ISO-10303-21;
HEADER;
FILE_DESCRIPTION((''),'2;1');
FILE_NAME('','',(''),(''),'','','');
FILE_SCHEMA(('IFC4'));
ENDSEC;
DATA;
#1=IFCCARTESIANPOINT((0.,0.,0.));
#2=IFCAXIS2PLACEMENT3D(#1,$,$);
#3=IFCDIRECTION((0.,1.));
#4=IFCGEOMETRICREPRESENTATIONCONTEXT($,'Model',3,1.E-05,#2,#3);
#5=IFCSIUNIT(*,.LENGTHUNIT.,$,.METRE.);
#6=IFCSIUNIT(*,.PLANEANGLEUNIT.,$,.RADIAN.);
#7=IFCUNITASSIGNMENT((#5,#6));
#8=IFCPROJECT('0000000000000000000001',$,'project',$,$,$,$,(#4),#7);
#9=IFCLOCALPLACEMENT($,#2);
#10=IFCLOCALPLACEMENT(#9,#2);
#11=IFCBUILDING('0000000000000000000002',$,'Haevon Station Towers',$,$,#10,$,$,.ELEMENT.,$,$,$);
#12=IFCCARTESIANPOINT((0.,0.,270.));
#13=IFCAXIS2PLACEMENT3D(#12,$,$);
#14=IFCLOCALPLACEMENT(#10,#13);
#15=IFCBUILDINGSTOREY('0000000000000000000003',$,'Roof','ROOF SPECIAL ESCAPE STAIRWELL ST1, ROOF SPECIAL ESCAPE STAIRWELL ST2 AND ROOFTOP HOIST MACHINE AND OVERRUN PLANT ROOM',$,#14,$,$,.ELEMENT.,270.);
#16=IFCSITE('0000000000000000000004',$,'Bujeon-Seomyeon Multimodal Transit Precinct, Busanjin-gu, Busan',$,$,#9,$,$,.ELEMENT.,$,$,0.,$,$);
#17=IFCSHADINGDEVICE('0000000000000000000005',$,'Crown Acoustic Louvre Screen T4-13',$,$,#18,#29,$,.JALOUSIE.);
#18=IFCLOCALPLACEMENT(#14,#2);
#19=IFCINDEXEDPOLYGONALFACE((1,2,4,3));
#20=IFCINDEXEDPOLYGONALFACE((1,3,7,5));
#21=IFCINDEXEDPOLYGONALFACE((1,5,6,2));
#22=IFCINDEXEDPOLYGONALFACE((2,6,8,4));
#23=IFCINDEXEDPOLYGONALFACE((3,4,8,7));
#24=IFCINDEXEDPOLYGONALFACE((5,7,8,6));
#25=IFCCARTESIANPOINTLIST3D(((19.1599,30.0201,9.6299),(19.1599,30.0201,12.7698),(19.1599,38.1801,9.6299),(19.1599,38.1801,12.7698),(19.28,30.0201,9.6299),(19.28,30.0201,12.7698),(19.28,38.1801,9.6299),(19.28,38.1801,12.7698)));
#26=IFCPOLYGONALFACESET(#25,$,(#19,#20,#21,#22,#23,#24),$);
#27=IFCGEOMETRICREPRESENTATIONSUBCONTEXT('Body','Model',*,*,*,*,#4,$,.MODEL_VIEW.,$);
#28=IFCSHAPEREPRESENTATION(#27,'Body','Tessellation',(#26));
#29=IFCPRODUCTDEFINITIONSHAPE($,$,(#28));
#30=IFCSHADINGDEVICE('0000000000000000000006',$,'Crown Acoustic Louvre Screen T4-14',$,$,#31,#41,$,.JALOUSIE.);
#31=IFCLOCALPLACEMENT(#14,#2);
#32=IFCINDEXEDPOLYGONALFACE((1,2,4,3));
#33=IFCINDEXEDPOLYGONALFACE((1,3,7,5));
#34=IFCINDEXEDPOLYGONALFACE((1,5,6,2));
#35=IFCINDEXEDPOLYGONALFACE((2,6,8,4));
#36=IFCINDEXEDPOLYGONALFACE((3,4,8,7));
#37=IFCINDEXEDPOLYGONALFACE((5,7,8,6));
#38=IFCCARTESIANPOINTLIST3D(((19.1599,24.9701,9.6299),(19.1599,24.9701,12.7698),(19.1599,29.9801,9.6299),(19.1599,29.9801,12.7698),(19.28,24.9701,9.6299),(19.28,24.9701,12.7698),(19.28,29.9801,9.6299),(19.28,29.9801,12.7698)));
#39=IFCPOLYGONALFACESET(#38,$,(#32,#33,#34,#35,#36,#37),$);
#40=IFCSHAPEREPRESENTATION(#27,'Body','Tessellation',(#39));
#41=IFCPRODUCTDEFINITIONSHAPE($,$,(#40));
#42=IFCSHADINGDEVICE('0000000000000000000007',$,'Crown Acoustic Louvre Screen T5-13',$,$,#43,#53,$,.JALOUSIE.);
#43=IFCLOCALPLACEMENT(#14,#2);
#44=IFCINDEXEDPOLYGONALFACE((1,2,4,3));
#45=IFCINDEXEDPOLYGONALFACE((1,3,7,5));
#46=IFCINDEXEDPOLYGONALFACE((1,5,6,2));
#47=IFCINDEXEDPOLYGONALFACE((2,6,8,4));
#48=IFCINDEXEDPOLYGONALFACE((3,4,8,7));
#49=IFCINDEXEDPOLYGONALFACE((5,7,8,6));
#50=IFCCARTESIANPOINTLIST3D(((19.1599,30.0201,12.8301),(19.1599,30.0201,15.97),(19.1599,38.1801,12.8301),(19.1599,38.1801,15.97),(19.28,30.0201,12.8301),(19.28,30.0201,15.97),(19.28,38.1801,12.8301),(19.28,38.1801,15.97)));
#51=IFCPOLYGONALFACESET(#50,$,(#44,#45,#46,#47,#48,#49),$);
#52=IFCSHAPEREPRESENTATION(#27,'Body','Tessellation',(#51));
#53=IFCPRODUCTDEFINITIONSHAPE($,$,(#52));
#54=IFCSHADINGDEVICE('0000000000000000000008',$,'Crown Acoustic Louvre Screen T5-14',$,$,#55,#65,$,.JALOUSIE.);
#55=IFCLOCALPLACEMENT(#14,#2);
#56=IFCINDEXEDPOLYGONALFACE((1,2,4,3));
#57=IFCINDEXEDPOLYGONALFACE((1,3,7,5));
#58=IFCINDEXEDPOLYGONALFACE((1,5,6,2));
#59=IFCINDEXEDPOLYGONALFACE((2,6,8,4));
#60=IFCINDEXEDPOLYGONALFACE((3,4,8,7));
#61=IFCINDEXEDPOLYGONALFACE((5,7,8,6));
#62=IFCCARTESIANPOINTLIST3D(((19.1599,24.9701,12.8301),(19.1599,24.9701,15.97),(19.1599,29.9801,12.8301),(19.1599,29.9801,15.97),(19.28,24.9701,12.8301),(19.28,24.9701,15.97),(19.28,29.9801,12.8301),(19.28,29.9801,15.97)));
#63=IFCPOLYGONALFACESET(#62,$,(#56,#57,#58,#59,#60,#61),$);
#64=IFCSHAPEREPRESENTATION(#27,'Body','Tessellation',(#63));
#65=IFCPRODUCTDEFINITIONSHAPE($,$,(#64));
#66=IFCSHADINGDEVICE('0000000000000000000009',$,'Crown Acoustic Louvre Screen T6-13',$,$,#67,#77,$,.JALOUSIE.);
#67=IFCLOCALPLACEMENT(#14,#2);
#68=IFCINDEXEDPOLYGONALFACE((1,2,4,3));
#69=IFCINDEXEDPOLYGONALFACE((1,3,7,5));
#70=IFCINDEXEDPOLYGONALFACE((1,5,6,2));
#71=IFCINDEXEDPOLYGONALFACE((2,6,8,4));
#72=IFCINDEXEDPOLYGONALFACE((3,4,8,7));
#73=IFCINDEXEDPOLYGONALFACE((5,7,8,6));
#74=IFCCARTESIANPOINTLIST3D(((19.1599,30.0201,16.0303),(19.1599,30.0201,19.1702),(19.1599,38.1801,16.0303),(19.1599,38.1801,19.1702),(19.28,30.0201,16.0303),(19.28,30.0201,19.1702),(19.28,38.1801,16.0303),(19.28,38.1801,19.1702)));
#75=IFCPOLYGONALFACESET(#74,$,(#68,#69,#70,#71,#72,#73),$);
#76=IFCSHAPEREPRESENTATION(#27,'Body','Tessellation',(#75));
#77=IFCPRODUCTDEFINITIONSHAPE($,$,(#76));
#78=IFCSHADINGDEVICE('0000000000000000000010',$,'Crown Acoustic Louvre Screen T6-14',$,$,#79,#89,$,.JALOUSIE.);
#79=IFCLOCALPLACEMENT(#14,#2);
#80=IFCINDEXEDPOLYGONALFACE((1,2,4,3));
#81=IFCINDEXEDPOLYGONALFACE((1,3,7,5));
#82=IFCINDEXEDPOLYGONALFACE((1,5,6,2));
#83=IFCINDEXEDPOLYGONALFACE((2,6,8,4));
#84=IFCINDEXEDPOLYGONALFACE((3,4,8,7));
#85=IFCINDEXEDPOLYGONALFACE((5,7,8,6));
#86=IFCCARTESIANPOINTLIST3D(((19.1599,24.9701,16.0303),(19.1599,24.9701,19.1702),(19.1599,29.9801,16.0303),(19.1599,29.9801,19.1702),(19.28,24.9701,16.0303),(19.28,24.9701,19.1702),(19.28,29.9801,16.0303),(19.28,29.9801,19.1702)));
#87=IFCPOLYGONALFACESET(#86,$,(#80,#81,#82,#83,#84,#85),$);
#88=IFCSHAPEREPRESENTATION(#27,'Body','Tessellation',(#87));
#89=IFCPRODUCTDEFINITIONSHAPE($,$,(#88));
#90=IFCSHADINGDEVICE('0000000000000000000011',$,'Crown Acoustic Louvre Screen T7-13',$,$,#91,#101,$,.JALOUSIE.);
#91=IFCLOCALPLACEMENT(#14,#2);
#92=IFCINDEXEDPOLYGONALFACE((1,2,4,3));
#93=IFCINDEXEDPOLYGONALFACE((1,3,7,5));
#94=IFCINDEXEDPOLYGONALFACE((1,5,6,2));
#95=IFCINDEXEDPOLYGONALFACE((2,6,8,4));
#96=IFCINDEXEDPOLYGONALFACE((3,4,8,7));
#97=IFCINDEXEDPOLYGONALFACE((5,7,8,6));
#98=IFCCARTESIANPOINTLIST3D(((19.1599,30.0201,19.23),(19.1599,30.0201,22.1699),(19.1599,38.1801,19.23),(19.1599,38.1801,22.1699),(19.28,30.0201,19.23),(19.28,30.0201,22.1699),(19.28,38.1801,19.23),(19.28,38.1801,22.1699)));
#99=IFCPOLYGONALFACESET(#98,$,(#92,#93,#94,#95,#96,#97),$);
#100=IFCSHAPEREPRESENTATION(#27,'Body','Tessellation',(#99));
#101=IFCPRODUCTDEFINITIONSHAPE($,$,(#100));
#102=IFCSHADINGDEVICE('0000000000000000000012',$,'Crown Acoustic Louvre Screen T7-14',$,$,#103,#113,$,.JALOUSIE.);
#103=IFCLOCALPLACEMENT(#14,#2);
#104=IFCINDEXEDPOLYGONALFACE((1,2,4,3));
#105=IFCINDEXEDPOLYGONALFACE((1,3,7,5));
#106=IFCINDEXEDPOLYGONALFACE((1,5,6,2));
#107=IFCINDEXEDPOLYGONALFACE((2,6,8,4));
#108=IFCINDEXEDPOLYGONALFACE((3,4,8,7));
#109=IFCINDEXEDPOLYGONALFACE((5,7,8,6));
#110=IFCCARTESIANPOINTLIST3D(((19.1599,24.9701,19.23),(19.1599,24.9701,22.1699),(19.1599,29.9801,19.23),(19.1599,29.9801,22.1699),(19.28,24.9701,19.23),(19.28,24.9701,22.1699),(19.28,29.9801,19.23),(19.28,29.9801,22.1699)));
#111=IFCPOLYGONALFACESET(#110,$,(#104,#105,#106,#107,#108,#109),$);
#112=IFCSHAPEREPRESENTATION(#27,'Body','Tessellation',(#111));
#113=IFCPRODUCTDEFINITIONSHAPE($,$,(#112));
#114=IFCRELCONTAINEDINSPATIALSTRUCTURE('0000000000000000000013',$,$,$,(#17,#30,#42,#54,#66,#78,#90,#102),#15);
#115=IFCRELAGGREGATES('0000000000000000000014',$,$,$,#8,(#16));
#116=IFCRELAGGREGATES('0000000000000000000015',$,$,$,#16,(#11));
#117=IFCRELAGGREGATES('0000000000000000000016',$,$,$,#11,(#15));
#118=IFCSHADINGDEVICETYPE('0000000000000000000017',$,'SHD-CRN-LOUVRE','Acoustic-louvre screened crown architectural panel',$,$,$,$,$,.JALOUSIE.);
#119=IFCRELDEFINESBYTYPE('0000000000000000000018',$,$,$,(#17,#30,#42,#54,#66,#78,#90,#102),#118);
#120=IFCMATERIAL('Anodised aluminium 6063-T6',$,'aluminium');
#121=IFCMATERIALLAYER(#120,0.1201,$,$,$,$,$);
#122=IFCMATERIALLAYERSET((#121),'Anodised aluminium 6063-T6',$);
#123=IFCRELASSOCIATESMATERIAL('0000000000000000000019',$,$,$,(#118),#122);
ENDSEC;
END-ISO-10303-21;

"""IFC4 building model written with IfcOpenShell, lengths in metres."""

from ifc_helpers import new_model, si_unit, direction, frame, origin, origin_2d, place, context, subcontext, project, spatial, rectangle, extrude, material, layer, layer_set, type_object, element, save


model = new_model("IFC4")

# Units and contexts
model_context = context("Model", 3, precision=1e-05, world=origin(), true_north=direction((0.0, 1.0)))
body_context = subcontext(model_context, "Body", "Model", "MODEL_VIEW")
ifc_project = project(units=[si_unit("LENGTHUNIT", "METRE"), si_unit("PLANEANGLEUNIT", "RADIAN")], contexts=[model_context])

# Site, building, storey
site_placement = place(None, origin())
site = spatial("IfcSite", under=ifc_project, at=site_placement, Name="Bujeon-Seomyeon Multimodal Transit Precinct, Busanjin-gu, Busan", CompositionType="ELEMENT", RefElevation=0.0)
building_placement = place(site_placement, origin())
building = spatial("IfcBuilding", under=site, at=building_placement, Name="Haevon Station Towers", CompositionType="ELEMENT")
storey_placement = place(building_placement, frame((0.0, 0.0, 270.0)))
storey = spatial("IfcBuildingStorey", under=building, at=storey_placement, Name="Roof", Description="ROOF SPECIAL ESCAPE STAIRWELL ST1, ROOF SPECIAL ESCAPE STAIRWELL ST2 AND ROOFTOP HOIST MACHINE AND OVERRUN PLANT ROOM", CompositionType="ELEMENT", Elevation=270.0)

# Shading devices
ifc_material_1 = material(Name="Anodised aluminium 6063-T6", Category="aluminium")
ifc_layer_1 = layer(ifc_material_1, 0.1201)
ifc_layer_set_1 = layer_set([ifc_layer_1], Name="Anodised aluminium 6063-T6")
shading_device_type = type_object("IfcShadingDeviceType", Name="SHD-CRN-LOUVRE", Description="Acoustic-louvre screened crown architectural panel", PredefinedType="JALOUSIE", material=ifc_layer_set_1)
shading_device_1_placement = place(storey_placement, frame((19.22, 34.1001, 9.6299), z_axis=(0.0, 0.0, 1.0), x_axis=(0.0, -1.0, 0.0)))
element("IfcShadingDevice", 1, at=shading_device_1_placement, inside=storey, type_object=shading_device_type, Name="Crown Acoustic Louvre Screen T4-13", PredefinedType="JALOUSIE", context=body_context, shape_type="SweptSolid", body=[
    extrude(rectangle(XDim=8.1599, YDim=0.1201, at=origin_2d()), origin(), (0.0, 0.0, 1.0), 3.1399),
])
shading_device_2_placement = place(storey_placement, frame((19.22, 27.4751, 9.6299), z_axis=(0.0, 0.0, 1.0), x_axis=(0.0, -1.0, 0.0)))
element("IfcShadingDevice", 2, at=shading_device_2_placement, inside=storey, type_object=shading_device_type, Name="Crown Acoustic Louvre Screen T4-14", PredefinedType="JALOUSIE", context=body_context, shape_type="SweptSolid", body=[
    extrude(rectangle(XDim=5.01, YDim=0.1201, at=origin_2d()), origin(), (0.0, 0.0, 1.0), 3.1399),
])
shading_device_3_placement = place(storey_placement, frame((19.22, 34.1001, 12.8301), z_axis=(0.0, 0.0, 1.0), x_axis=(0.0, -1.0, 0.0)))
element("IfcShadingDevice", 3, at=shading_device_3_placement, inside=storey, type_object=shading_device_type, Name="Crown Acoustic Louvre Screen T5-13", PredefinedType="JALOUSIE", context=body_context, shape_type="SweptSolid", body=[
    extrude(rectangle(XDim=8.1599, YDim=0.1201, at=origin_2d()), origin(), (0.0, 0.0, 1.0), 3.1399),
])
shading_device_4_placement = place(storey_placement, frame((19.22, 27.4751, 12.8301), z_axis=(0.0, 0.0, 1.0), x_axis=(0.0, -1.0, 0.0)))
element("IfcShadingDevice", 4, at=shading_device_4_placement, inside=storey, type_object=shading_device_type, Name="Crown Acoustic Louvre Screen T5-14", PredefinedType="JALOUSIE", context=body_context, shape_type="SweptSolid", body=[
    extrude(rectangle(XDim=5.01, YDim=0.1201, at=origin_2d()), origin(), (0.0, 0.0, 1.0), 3.1399),
])
shading_device_5_placement = place(storey_placement, frame((19.22, 34.1001, 16.0303), z_axis=(0.0, 0.0, 1.0), x_axis=(0.0, -1.0, 0.0)))
element("IfcShadingDevice", 5, at=shading_device_5_placement, inside=storey, type_object=shading_device_type, Name="Crown Acoustic Louvre Screen T6-13", PredefinedType="JALOUSIE", context=body_context, shape_type="SweptSolid", body=[
    extrude(rectangle(XDim=8.1599, YDim=0.1201, at=origin_2d()), origin(), (0.0, 0.0, 1.0), 3.1399),
])
shading_device_6_placement = place(storey_placement, frame((19.22, 27.4751, 16.0303), z_axis=(0.0, 0.0, 1.0), x_axis=(0.0, -1.0, 0.0)))
element("IfcShadingDevice", 6, at=shading_device_6_placement, inside=storey, type_object=shading_device_type, Name="Crown Acoustic Louvre Screen T6-14", PredefinedType="JALOUSIE", context=body_context, shape_type="SweptSolid", body=[
    extrude(rectangle(XDim=5.01, YDim=0.1201, at=origin_2d()), origin(), (0.0, 0.0, 1.0), 3.1399),
])
shading_device_7_placement = place(storey_placement, frame((19.22, 34.1001, 19.23), z_axis=(0.0, 0.0, 1.0), x_axis=(0.0, -1.0, 0.0)))
element("IfcShadingDevice", 7, at=shading_device_7_placement, inside=storey, type_object=shading_device_type, Name="Crown Acoustic Louvre Screen T7-13", PredefinedType="JALOUSIE", context=body_context, shape_type="SweptSolid", body=[
    extrude(rectangle(XDim=8.1599, YDim=0.1201, at=origin_2d()), origin(), (0.0, 0.0, 1.0), 2.9399),
])
shading_device_8_placement = place(storey_placement, frame((19.22, 27.4751, 19.23), z_axis=(0.0, 0.0, 1.0), x_axis=(0.0, -1.0, 0.0)))
element("IfcShadingDevice", 8, at=shading_device_8_placement, inside=storey, type_object=shading_device_type, Name="Crown Acoustic Louvre Screen T7-14", PredefinedType="JALOUSIE", context=body_context, shape_type="SweptSolid", body=[
    extrude(rectangle(XDim=5.01, YDim=0.1201, at=origin_2d()), origin(), (0.0, 0.0, 1.0), 2.9399),
])

save(model, "model.ifc")
